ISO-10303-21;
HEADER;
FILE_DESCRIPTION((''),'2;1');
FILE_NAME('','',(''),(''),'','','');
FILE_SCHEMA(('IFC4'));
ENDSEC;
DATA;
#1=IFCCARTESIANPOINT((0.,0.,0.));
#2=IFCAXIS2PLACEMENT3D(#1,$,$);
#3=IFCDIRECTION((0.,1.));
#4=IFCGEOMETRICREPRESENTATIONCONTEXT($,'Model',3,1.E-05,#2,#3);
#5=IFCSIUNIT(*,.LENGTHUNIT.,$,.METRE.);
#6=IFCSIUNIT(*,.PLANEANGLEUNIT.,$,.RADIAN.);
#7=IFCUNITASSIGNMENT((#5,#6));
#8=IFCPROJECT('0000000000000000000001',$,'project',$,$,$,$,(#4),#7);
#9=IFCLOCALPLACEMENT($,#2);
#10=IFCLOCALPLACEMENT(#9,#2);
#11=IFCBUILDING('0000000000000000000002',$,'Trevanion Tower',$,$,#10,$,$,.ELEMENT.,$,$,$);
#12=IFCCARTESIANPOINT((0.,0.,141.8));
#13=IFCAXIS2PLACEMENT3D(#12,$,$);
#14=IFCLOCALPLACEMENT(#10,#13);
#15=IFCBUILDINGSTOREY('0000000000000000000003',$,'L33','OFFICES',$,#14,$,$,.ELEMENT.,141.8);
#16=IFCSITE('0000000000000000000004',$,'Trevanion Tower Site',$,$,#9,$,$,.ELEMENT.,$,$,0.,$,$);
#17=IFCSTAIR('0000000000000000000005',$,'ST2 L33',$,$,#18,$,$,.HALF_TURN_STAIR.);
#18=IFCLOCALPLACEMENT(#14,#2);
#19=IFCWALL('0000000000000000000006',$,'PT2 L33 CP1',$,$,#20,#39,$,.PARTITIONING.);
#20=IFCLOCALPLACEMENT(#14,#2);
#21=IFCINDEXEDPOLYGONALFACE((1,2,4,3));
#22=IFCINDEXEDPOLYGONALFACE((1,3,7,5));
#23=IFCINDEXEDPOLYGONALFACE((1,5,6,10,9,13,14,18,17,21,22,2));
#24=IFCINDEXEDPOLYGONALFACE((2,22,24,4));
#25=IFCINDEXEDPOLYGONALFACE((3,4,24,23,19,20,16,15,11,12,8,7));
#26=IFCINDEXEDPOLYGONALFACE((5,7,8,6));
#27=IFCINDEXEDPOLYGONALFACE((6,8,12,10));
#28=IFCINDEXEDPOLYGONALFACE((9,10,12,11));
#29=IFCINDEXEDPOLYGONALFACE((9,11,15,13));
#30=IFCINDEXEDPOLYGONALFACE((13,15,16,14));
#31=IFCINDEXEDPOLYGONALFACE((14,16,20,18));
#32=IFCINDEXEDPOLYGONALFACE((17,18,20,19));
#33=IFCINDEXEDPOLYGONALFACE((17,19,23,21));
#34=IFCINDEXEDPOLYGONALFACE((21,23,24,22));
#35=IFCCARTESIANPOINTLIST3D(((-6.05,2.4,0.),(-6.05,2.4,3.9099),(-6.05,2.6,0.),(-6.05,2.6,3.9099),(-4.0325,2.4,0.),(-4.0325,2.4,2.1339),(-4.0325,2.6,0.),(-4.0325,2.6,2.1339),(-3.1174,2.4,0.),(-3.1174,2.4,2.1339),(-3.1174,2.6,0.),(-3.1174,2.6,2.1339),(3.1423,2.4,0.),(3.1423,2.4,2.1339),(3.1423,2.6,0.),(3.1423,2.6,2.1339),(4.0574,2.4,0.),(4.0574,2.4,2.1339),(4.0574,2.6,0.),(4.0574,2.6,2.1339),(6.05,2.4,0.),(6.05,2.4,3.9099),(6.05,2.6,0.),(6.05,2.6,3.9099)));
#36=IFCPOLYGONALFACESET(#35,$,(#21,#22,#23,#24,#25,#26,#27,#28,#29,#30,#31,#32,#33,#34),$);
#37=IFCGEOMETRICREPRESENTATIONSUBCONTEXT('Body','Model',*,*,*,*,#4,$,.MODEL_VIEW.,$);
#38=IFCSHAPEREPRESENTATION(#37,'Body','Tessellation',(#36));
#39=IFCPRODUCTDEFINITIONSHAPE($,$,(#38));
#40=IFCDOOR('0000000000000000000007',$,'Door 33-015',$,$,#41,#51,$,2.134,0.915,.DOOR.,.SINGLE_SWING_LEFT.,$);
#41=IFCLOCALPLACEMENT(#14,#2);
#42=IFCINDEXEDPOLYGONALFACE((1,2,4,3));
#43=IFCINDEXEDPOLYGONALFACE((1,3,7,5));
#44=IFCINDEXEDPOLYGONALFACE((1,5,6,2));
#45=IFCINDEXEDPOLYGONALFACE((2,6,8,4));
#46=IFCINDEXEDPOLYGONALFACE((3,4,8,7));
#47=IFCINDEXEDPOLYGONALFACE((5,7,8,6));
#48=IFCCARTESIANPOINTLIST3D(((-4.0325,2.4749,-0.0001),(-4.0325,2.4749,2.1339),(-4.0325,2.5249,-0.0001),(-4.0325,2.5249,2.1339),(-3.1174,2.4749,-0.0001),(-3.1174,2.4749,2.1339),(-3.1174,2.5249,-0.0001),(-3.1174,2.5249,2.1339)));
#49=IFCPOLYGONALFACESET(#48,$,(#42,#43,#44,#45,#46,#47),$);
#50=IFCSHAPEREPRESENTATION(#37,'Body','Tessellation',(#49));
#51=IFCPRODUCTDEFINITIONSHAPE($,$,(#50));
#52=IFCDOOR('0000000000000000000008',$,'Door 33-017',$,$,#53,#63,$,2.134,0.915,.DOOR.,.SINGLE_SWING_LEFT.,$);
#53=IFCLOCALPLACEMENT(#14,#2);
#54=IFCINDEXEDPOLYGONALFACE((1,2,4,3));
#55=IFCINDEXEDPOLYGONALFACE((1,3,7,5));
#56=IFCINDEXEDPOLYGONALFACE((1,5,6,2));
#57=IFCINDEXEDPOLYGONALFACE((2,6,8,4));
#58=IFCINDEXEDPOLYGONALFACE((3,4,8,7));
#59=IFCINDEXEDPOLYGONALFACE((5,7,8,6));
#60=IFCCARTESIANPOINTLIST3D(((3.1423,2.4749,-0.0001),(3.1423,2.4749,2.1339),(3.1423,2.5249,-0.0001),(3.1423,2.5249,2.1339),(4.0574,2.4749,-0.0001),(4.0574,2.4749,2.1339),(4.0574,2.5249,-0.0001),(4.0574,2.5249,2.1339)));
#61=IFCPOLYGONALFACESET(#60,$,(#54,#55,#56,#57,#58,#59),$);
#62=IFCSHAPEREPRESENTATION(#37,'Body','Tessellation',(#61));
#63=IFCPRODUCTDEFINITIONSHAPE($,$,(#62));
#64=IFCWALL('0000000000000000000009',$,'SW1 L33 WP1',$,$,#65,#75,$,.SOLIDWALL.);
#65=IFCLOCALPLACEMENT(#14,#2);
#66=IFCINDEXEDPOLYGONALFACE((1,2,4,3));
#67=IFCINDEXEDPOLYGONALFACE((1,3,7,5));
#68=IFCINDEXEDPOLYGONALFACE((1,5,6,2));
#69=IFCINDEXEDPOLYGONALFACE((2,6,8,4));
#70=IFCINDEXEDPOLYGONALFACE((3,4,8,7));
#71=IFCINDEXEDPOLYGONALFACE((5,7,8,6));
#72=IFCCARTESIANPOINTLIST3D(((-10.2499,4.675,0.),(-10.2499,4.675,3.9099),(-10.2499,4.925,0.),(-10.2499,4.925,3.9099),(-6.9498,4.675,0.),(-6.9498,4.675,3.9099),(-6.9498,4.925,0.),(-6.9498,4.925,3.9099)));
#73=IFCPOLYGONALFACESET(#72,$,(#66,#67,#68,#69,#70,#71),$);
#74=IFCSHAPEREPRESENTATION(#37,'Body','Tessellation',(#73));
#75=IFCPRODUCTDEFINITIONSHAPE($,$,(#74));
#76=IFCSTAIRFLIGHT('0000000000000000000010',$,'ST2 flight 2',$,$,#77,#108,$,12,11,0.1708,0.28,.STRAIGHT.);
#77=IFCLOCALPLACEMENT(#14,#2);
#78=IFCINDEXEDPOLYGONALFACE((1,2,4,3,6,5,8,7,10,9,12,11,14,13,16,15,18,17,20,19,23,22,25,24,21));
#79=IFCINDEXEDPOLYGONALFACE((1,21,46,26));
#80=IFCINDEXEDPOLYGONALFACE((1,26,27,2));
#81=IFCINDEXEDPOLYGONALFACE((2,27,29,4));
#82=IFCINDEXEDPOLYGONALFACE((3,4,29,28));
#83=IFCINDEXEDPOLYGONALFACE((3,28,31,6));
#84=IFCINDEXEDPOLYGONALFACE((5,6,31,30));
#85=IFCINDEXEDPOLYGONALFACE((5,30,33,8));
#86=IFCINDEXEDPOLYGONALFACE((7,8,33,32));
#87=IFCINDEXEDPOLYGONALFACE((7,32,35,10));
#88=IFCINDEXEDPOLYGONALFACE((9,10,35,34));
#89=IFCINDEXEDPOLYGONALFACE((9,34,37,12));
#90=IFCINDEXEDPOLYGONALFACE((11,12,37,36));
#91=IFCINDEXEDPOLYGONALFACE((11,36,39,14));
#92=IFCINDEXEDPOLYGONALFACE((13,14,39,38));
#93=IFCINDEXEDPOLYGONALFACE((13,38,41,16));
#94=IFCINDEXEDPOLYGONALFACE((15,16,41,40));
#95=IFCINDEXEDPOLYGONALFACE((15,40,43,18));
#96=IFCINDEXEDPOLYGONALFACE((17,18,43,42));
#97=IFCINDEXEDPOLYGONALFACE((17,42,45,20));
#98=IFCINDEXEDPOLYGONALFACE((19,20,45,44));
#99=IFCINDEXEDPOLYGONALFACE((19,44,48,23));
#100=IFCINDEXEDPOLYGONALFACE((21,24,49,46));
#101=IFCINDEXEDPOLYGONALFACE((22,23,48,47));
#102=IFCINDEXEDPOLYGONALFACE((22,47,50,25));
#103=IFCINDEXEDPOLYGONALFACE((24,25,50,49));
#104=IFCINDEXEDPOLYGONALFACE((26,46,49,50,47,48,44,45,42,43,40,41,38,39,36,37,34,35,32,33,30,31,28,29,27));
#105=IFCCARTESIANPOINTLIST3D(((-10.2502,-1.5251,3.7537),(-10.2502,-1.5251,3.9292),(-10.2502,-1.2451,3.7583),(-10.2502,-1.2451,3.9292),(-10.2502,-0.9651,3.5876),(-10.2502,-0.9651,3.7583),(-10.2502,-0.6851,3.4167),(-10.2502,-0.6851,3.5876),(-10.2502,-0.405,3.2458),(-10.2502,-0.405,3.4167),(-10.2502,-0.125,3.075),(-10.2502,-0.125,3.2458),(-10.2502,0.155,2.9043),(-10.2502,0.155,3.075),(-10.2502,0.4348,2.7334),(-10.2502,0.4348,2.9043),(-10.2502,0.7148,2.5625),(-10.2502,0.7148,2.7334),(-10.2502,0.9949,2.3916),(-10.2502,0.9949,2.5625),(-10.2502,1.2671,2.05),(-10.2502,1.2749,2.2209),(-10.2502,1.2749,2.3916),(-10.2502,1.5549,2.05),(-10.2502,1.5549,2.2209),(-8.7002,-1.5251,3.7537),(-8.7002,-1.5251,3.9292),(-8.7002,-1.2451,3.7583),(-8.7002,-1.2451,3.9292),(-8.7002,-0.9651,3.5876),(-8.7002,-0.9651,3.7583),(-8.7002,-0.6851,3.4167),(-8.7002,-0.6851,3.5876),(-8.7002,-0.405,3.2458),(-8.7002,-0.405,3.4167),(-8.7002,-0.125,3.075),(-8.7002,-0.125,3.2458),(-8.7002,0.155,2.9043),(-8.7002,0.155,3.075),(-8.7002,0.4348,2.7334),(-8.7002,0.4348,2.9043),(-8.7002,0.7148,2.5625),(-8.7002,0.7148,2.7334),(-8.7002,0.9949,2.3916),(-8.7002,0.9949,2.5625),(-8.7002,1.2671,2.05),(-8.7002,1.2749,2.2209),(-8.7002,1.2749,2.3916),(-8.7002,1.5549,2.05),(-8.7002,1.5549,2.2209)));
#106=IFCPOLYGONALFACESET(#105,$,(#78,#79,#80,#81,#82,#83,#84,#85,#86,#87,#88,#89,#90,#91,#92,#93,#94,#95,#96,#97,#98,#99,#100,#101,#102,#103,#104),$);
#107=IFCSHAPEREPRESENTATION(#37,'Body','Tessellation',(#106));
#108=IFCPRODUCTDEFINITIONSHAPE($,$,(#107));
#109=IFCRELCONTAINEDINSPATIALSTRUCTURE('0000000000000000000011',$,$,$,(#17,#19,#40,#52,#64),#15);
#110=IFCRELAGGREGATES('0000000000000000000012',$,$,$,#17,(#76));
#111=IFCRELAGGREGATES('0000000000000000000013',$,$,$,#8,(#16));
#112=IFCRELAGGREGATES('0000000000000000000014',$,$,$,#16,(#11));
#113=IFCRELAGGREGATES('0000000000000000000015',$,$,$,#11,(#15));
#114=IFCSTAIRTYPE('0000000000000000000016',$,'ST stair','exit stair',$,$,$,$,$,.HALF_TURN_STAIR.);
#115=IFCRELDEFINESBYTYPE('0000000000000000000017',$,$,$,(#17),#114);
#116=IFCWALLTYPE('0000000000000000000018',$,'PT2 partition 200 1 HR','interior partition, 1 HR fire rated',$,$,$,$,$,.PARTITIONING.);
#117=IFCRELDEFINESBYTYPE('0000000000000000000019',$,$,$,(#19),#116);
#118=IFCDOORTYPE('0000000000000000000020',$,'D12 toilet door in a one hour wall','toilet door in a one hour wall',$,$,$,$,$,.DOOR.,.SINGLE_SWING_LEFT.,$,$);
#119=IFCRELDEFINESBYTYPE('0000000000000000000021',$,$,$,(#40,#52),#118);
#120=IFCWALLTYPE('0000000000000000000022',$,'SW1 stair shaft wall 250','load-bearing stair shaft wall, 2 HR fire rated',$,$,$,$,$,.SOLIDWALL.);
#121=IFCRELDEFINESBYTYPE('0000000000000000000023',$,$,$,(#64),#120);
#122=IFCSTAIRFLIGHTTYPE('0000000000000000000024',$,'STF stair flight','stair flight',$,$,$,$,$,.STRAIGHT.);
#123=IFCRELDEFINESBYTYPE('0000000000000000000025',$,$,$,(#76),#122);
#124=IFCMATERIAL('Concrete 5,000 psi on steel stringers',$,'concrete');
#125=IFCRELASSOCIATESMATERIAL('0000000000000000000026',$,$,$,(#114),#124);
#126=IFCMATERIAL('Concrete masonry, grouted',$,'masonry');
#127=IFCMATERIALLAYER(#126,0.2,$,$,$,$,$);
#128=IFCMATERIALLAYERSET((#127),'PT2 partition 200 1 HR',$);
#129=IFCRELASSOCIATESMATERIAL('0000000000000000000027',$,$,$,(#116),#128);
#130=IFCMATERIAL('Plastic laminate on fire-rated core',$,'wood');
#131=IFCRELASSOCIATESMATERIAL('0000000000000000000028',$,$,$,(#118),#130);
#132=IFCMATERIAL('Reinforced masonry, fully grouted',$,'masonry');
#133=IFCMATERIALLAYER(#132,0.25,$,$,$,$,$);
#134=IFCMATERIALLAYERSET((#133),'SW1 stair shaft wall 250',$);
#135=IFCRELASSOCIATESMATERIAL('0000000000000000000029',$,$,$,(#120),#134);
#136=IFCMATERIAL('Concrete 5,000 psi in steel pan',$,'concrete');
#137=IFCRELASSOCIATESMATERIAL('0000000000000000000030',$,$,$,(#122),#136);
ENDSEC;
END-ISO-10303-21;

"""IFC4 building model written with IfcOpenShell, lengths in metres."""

from ifc_helpers import new_model, si_unit, direction, frame, frame_2d, origin, place, context, subcontext, project, spatial, polyline, rectangle, outline, extrude, material, layer, layer_set, type_object, element, fill, aggregate, save


model = new_model("IFC4")

# Units and contexts
model_context = context("Model", 3, precision=1e-05, world=origin(), true_north=direction((0.0, 1.0)))
body_context = subcontext(model_context, "Body", "Model", "MODEL_VIEW")
ifc_project = project(units=[si_unit("LENGTHUNIT", "METRE"), si_unit("PLANEANGLEUNIT", "RADIAN")], contexts=[model_context])

# Site, building, storey
site_placement = place(None, origin())
site = spatial("IfcSite", under=ifc_project, at=site_placement, Name="Trevanion Tower Site", CompositionType="ELEMENT", RefElevation=0.0)
building_placement = place(site_placement, origin())
building = spatial("IfcBuilding", under=site, at=building_placement, Name="Trevanion Tower", CompositionType="ELEMENT")
storey_placement = place(building_placement, frame((0.0, 0.0, 141.8)))
storey = spatial("IfcBuildingStorey", under=building, at=storey_placement, Name="L33", Description="OFFICES", CompositionType="ELEMENT", Elevation=141.8)

# Shared definitions
ifc_material_1 = material(Name="Concrete 5,000 psi on steel stringers", Category="concrete")
stair_type = type_object("IfcStairType", Name="ST stair", Description="exit stair", PredefinedType="HALF_TURN_STAIR", material=ifc_material_1)

# Stair
stair_1_placement = place(storey_placement, origin())
stair_1 = element("IfcStair", 1, at=stair_1_placement, inside=storey, type_object=stair_type, Name="ST2 L33", PredefinedType="HALF_TURN_STAIR")

# Wall, openings, doors
ifc_material_2 = material(Name="Concrete masonry, grouted", Category="masonry")
ifc_layer_1 = layer(ifc_material_2, 0.2)
ifc_layer_set_1 = layer_set([ifc_layer_1], Name="PT2 partition 200 1 HR")
wall_type_1 = type_object("IfcWallType", Name="PT2 partition 200 1 HR", Description="interior partition, 1 HR fire rated", PredefinedType="PARTITIONING", material=ifc_layer_set_1)
wall_1_placement = place(storey_placement, frame((-6.05, 2.5, 0.0), z_axis=(0.0, 0.0, 1.0), x_axis=(1.0, 0.0, 0.0)))
wall_1 = element("IfcWall", 2, at=wall_1_placement, inside=storey, type_object=wall_type_1, Name="PT2 L33 CP1", PredefinedType="PARTITIONING", context=body_context, shape_type="SweptSolid", body=[
    extrude(rectangle(XDim=12.1001, YDim=0.2, at=frame_2d((6.05, 0.0))), origin(), (0.0, 0.0, 1.0), 3.9099),
])
opening_1_placement = place(wall_1_placement, frame((2.0176, 0.0, 0.0)))
opening_1 = element("IfcOpeningElement", 3, at=opening_1_placement, cuts=wall_1, PredefinedType="OPENING", context=body_context, shape_type="SweptSolid", body=[
    extrude(rectangle(XDim=0.915, YDim=2.134, at=frame_2d((0.4575, 1.0669))), frame((0.0, 0.1099, 0.0), z_axis=(0.0, -1.0, 0.0), x_axis=(1.0, 0.0, 0.0)), (0.0, 0.0, 1.0), 0.22),
])
opening_2_placement = place(wall_1_placement, frame((9.1924, 0.0, 0.0)))
opening_2 = element("IfcOpeningElement", 4, at=opening_2_placement, cuts=wall_1, PredefinedType="OPENING", context=body_context, shape_type="SweptSolid", body=[
    extrude(rectangle(XDim=0.915, YDim=2.134, at=frame_2d((0.4575, 1.0669))), frame((0.0, 0.1099, 0.0), z_axis=(0.0, -1.0, 0.0), x_axis=(1.0, 0.0, 0.0)), (0.0, 0.0, 1.0), 0.22),
])
ifc_material_3 = material(Name="Plastic laminate on fire-rated core", Category="wood")
door_type = type_object("IfcDoorType", Name="D12 toilet door in a one hour wall", Description="toilet door in a one hour wall", OperationType="SINGLE_SWING_LEFT", PredefinedType="DOOR", material=ifc_material_3)
door_1_placement = place(opening_1_placement, origin())
door_1 = element("IfcDoor", 5, at=door_1_placement, inside=storey, type_object=door_type, Name="Door 33-015", OperationType="SINGLE_SWING_LEFT", OverallHeight=2.134, OverallWidth=0.915, PredefinedType="DOOR", context=body_context, shape_type="SweptSolid", body=[
    extrude(rectangle(XDim=0.915, YDim=2.134, at=frame_2d((0.4575, 1.0669))), frame((0.0, 0.0249, 0.0), z_axis=(0.0, -1.0, 0.0), x_axis=(1.0, 0.0, 0.0)), (0.0, 0.0, 1.0), 0.05),
])
fill(opening_1, door_1)
door_2_placement = place(opening_2_placement, origin())
door_2 = element("IfcDoor", 6, at=door_2_placement, inside=storey, type_object=door_type, Name="Door 33-017", OperationType="SINGLE_SWING_LEFT", OverallHeight=2.134, OverallWidth=0.915, PredefinedType="DOOR", context=body_context, shape_type="SweptSolid", body=[
    extrude(rectangle(XDim=0.915, YDim=2.134, at=frame_2d((0.4575, 1.0669))), frame((0.0, 0.0249, 0.0), z_axis=(0.0, -1.0, 0.0), x_axis=(1.0, 0.0, 0.0)), (0.0, 0.0, 1.0), 0.05),
])
fill(opening_2, door_2)

# Wall
ifc_material_4 = material(Name="Reinforced masonry, fully grouted", Category="masonry")
ifc_layer_2 = layer(ifc_material_4, 0.25)
ifc_layer_set_2 = layer_set([ifc_layer_2], Name="SW1 stair shaft wall 250")
wall_type_2 = type_object("IfcWallType", Name="SW1 stair shaft wall 250", Description="load-bearing stair shaft wall, 2 HR fire rated", PredefinedType="SOLIDWALL", material=ifc_layer_set_2)
wall_2_placement = place(storey_placement, frame((-6.95, 4.8, 0.0), z_axis=(0.0, 0.0, 1.0), x_axis=(-1.0, 0.0, 0.0)))
element("IfcWall", 7, at=wall_2_placement, inside=storey, type_object=wall_type_2, Name="SW1 L33 WP1", PredefinedType="SOLIDWALL", context=body_context, shape_type="SweptSolid", body=[
    extrude(rectangle(XDim=3.3, YDim=0.25, at=frame_2d((1.6499, 0.0))), origin(), (0.0, 0.0, 1.0), 3.9099),
])

# Stair flight
ifc_material_5 = material(Name="Concrete 5,000 psi in steel pan", Category="concrete")
stair_flight_type = type_object("IfcStairFlightType", Name="STF stair flight", Description="stair flight", PredefinedType="STRAIGHT", material=ifc_material_5)
stair_flight_placement = place(storey_placement, frame((-9.4751, 1.5549, 2.05), z_axis=(0.0, 0.0, 1.0), x_axis=(0.0, -1.0, 0.0)))
stair_flight = element("IfcStairFlight", 8, at=stair_flight_placement, type_object=stair_flight_type, Name="ST2 flight 2", NumberOfRisers=12, NumberOfTreads=11, PredefinedType="STRAIGHT", RiserHeight=0.1708, TreadLength=0.28, context=body_context, shape_type="SweptSolid", body=[
    extrude(outline(polyline([(0.0, 0.0), (0.0, 0.1709), (0.28, 0.1709), (0.28, 0.3416), (0.5601, 0.3416), (0.5601, 0.5125), (0.8401, 0.5125), (0.8401, 0.6833), (1.1201, 0.6833), (1.1201, 0.8542), (1.3999, 0.8542), (1.3999, 1.0249), (1.6799, 1.0249), (1.6799, 1.1958), (1.96, 1.1958), (1.96, 1.3667), (2.24, 1.3667), (2.24, 1.5376), (2.52, 1.5376), (2.52, 1.7083), (2.8, 1.7083), (2.8, 1.8792), (3.0801, 1.8792), (3.0801, 2.05), (3.0801, 1.7036), (0.2878, 0.0), (0.0, 0.0)])), frame((0.0, 0.7749, 0.0), z_axis=(0.0, -1.0, 0.0), x_axis=(1.0, 0.0, 0.0)), (0.0, 0.0, 1.0), 1.55),
])
aggregate(stair_1, [stair_flight])

save(model, "model.ifc")
